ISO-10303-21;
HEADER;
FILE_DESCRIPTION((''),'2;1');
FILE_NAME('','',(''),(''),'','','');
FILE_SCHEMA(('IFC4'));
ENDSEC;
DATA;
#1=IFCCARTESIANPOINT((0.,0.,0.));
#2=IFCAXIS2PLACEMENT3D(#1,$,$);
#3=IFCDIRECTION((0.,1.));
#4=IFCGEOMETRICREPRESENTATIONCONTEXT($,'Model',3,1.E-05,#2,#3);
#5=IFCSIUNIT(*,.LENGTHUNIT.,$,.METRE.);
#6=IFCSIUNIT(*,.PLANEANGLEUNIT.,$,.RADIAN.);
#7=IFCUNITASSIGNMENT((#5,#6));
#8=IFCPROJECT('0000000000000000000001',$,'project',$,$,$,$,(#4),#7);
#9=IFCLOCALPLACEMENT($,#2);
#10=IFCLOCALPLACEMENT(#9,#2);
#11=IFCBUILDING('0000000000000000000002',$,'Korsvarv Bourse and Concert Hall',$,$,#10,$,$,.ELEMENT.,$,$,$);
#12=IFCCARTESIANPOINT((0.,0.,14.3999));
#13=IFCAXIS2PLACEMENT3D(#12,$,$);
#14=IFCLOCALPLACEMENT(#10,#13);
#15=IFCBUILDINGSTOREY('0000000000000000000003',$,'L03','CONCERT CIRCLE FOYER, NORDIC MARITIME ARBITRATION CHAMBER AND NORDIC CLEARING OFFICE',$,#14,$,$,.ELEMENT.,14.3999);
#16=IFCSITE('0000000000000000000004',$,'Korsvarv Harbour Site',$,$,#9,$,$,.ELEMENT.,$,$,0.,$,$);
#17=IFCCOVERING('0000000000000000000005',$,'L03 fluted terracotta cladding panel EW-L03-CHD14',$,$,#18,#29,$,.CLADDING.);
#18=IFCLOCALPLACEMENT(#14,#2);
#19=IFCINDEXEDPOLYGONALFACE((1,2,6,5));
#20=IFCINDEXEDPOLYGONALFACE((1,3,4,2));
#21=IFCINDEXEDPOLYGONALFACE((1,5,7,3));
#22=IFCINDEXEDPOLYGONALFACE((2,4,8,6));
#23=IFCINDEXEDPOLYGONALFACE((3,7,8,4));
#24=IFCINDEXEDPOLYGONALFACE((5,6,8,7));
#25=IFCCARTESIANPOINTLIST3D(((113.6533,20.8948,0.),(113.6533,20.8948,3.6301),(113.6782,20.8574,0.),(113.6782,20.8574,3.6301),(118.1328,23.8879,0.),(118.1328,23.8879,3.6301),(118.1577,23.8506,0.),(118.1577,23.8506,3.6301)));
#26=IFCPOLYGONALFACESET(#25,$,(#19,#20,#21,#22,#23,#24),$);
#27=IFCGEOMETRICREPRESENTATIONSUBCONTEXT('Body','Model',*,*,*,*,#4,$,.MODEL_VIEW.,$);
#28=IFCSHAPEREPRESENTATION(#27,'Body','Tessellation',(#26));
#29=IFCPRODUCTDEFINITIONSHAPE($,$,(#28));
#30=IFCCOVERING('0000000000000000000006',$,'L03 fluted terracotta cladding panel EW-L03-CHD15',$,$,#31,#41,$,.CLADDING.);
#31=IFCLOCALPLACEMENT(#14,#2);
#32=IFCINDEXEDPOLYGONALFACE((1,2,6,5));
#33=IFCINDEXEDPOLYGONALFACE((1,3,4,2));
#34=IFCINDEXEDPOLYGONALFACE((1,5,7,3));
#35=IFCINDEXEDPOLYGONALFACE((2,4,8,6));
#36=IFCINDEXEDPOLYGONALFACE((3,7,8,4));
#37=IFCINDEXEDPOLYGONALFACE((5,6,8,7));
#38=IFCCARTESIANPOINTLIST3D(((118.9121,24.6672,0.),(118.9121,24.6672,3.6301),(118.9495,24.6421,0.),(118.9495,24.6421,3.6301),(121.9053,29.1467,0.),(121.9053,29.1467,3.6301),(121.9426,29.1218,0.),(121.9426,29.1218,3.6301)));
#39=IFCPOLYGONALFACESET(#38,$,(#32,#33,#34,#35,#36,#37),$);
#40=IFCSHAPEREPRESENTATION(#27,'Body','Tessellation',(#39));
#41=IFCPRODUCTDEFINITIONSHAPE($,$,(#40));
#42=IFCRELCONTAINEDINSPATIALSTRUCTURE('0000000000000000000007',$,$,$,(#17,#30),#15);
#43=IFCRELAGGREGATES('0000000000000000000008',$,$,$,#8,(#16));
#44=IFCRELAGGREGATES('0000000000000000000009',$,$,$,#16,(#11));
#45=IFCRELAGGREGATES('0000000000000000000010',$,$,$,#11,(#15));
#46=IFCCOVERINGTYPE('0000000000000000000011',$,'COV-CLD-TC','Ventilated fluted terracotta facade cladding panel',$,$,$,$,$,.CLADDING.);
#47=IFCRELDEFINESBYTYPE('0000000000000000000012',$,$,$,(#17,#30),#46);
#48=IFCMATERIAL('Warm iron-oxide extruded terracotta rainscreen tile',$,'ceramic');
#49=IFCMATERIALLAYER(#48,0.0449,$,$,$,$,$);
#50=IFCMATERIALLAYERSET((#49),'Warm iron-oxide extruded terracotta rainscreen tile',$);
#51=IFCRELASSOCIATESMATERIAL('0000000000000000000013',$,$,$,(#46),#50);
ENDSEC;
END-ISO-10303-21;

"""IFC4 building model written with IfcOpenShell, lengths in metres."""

from ifc_helpers import new_model, si_unit, direction, frame, origin, place, context, subcontext, project, spatial, polyline, outline, extrude, material, layer, layer_set, type_object, element, save


model = new_model("IFC4")

# Units and contexts
model_context = context("Model", 3, precision=1e-05, world=origin(), true_north=direction((0.0, 1.0)))
body_context = subcontext(model_context, "Body", "Model", "MODEL_VIEW")
ifc_project = project(units=[si_unit("LENGTHUNIT", "METRE"), si_unit("PLANEANGLEUNIT", "RADIAN")], contexts=[model_context])

# Site, building, storey
site_placement = place(None, origin())
site = spatial("IfcSite", under=ifc_project, at=site_placement, Name="Korsvarv Harbour Site", CompositionType="ELEMENT", RefElevation=0.0)
building_placement = place(site_placement, origin())
building = spatial("IfcBuilding", under=site, at=building_placement, Name="Korsvarv Bourse and Concert Hall", CompositionType="ELEMENT")
storey_placement = place(building_placement, frame((0.0, 0.0, 14.3999)))
storey = spatial("IfcBuildingStorey", under=building, at=storey_placement, Name="L03", Description="CONCERT CIRCLE FOYER, NORDIC MARITIME ARBITRATION CHAMBER AND NORDIC CLEARING OFFICE", CompositionType="ELEMENT", Elevation=14.3999)

# Coverings
ifc_material_1 = material(Name="Warm iron-oxide extruded terracotta rainscreen tile", Category="ceramic")
ifc_layer_1 = layer(ifc_material_1, 0.0449)
ifc_layer_set_1 = layer_set([ifc_layer_1], Name="Warm iron-oxide extruded terracotta rainscreen tile")
covering_type = type_object("IfcCoveringType", Name="COV-CLD-TC", Description="Ventilated fluted terracotta facade cladding panel", PredefinedType="CLADDING", material=ifc_layer_set_1)
covering_1_placement = place(storey_placement, origin())
element("IfcCovering", 1, at=covering_1_placement, inside=storey, type_object=covering_type, Name="L03 fluted terracotta cladding panel EW-L03-CHD14", PredefinedType="CLADDING", context=body_context, shape_type="SweptSolid", body=[
    extrude(outline(polyline([(113.6533, 20.8948), (118.1328, 23.8879), (118.1577, 23.8506), (113.6782, 20.8574), (113.6533, 20.8948)])), origin(), (0.0, 0.0, 1.0), 3.6301),
])
covering_2_placement = place(storey_placement, origin())
element("IfcCovering", 2, at=covering_2_placement, inside=storey, type_object=covering_type, Name="L03 fluted terracotta cladding panel EW-L03-CHD15", PredefinedType="CLADDING", context=body_context, shape_type="SweptSolid", body=[
    extrude(outline(polyline([(118.9121, 24.6672), (121.9053, 29.1467), (121.9426, 29.1218), (118.9495, 24.6421), (118.9121, 24.6672)])), origin(), (0.0, 0.0, 1.0), 3.6301),
])

save(model, "model.ifc")
